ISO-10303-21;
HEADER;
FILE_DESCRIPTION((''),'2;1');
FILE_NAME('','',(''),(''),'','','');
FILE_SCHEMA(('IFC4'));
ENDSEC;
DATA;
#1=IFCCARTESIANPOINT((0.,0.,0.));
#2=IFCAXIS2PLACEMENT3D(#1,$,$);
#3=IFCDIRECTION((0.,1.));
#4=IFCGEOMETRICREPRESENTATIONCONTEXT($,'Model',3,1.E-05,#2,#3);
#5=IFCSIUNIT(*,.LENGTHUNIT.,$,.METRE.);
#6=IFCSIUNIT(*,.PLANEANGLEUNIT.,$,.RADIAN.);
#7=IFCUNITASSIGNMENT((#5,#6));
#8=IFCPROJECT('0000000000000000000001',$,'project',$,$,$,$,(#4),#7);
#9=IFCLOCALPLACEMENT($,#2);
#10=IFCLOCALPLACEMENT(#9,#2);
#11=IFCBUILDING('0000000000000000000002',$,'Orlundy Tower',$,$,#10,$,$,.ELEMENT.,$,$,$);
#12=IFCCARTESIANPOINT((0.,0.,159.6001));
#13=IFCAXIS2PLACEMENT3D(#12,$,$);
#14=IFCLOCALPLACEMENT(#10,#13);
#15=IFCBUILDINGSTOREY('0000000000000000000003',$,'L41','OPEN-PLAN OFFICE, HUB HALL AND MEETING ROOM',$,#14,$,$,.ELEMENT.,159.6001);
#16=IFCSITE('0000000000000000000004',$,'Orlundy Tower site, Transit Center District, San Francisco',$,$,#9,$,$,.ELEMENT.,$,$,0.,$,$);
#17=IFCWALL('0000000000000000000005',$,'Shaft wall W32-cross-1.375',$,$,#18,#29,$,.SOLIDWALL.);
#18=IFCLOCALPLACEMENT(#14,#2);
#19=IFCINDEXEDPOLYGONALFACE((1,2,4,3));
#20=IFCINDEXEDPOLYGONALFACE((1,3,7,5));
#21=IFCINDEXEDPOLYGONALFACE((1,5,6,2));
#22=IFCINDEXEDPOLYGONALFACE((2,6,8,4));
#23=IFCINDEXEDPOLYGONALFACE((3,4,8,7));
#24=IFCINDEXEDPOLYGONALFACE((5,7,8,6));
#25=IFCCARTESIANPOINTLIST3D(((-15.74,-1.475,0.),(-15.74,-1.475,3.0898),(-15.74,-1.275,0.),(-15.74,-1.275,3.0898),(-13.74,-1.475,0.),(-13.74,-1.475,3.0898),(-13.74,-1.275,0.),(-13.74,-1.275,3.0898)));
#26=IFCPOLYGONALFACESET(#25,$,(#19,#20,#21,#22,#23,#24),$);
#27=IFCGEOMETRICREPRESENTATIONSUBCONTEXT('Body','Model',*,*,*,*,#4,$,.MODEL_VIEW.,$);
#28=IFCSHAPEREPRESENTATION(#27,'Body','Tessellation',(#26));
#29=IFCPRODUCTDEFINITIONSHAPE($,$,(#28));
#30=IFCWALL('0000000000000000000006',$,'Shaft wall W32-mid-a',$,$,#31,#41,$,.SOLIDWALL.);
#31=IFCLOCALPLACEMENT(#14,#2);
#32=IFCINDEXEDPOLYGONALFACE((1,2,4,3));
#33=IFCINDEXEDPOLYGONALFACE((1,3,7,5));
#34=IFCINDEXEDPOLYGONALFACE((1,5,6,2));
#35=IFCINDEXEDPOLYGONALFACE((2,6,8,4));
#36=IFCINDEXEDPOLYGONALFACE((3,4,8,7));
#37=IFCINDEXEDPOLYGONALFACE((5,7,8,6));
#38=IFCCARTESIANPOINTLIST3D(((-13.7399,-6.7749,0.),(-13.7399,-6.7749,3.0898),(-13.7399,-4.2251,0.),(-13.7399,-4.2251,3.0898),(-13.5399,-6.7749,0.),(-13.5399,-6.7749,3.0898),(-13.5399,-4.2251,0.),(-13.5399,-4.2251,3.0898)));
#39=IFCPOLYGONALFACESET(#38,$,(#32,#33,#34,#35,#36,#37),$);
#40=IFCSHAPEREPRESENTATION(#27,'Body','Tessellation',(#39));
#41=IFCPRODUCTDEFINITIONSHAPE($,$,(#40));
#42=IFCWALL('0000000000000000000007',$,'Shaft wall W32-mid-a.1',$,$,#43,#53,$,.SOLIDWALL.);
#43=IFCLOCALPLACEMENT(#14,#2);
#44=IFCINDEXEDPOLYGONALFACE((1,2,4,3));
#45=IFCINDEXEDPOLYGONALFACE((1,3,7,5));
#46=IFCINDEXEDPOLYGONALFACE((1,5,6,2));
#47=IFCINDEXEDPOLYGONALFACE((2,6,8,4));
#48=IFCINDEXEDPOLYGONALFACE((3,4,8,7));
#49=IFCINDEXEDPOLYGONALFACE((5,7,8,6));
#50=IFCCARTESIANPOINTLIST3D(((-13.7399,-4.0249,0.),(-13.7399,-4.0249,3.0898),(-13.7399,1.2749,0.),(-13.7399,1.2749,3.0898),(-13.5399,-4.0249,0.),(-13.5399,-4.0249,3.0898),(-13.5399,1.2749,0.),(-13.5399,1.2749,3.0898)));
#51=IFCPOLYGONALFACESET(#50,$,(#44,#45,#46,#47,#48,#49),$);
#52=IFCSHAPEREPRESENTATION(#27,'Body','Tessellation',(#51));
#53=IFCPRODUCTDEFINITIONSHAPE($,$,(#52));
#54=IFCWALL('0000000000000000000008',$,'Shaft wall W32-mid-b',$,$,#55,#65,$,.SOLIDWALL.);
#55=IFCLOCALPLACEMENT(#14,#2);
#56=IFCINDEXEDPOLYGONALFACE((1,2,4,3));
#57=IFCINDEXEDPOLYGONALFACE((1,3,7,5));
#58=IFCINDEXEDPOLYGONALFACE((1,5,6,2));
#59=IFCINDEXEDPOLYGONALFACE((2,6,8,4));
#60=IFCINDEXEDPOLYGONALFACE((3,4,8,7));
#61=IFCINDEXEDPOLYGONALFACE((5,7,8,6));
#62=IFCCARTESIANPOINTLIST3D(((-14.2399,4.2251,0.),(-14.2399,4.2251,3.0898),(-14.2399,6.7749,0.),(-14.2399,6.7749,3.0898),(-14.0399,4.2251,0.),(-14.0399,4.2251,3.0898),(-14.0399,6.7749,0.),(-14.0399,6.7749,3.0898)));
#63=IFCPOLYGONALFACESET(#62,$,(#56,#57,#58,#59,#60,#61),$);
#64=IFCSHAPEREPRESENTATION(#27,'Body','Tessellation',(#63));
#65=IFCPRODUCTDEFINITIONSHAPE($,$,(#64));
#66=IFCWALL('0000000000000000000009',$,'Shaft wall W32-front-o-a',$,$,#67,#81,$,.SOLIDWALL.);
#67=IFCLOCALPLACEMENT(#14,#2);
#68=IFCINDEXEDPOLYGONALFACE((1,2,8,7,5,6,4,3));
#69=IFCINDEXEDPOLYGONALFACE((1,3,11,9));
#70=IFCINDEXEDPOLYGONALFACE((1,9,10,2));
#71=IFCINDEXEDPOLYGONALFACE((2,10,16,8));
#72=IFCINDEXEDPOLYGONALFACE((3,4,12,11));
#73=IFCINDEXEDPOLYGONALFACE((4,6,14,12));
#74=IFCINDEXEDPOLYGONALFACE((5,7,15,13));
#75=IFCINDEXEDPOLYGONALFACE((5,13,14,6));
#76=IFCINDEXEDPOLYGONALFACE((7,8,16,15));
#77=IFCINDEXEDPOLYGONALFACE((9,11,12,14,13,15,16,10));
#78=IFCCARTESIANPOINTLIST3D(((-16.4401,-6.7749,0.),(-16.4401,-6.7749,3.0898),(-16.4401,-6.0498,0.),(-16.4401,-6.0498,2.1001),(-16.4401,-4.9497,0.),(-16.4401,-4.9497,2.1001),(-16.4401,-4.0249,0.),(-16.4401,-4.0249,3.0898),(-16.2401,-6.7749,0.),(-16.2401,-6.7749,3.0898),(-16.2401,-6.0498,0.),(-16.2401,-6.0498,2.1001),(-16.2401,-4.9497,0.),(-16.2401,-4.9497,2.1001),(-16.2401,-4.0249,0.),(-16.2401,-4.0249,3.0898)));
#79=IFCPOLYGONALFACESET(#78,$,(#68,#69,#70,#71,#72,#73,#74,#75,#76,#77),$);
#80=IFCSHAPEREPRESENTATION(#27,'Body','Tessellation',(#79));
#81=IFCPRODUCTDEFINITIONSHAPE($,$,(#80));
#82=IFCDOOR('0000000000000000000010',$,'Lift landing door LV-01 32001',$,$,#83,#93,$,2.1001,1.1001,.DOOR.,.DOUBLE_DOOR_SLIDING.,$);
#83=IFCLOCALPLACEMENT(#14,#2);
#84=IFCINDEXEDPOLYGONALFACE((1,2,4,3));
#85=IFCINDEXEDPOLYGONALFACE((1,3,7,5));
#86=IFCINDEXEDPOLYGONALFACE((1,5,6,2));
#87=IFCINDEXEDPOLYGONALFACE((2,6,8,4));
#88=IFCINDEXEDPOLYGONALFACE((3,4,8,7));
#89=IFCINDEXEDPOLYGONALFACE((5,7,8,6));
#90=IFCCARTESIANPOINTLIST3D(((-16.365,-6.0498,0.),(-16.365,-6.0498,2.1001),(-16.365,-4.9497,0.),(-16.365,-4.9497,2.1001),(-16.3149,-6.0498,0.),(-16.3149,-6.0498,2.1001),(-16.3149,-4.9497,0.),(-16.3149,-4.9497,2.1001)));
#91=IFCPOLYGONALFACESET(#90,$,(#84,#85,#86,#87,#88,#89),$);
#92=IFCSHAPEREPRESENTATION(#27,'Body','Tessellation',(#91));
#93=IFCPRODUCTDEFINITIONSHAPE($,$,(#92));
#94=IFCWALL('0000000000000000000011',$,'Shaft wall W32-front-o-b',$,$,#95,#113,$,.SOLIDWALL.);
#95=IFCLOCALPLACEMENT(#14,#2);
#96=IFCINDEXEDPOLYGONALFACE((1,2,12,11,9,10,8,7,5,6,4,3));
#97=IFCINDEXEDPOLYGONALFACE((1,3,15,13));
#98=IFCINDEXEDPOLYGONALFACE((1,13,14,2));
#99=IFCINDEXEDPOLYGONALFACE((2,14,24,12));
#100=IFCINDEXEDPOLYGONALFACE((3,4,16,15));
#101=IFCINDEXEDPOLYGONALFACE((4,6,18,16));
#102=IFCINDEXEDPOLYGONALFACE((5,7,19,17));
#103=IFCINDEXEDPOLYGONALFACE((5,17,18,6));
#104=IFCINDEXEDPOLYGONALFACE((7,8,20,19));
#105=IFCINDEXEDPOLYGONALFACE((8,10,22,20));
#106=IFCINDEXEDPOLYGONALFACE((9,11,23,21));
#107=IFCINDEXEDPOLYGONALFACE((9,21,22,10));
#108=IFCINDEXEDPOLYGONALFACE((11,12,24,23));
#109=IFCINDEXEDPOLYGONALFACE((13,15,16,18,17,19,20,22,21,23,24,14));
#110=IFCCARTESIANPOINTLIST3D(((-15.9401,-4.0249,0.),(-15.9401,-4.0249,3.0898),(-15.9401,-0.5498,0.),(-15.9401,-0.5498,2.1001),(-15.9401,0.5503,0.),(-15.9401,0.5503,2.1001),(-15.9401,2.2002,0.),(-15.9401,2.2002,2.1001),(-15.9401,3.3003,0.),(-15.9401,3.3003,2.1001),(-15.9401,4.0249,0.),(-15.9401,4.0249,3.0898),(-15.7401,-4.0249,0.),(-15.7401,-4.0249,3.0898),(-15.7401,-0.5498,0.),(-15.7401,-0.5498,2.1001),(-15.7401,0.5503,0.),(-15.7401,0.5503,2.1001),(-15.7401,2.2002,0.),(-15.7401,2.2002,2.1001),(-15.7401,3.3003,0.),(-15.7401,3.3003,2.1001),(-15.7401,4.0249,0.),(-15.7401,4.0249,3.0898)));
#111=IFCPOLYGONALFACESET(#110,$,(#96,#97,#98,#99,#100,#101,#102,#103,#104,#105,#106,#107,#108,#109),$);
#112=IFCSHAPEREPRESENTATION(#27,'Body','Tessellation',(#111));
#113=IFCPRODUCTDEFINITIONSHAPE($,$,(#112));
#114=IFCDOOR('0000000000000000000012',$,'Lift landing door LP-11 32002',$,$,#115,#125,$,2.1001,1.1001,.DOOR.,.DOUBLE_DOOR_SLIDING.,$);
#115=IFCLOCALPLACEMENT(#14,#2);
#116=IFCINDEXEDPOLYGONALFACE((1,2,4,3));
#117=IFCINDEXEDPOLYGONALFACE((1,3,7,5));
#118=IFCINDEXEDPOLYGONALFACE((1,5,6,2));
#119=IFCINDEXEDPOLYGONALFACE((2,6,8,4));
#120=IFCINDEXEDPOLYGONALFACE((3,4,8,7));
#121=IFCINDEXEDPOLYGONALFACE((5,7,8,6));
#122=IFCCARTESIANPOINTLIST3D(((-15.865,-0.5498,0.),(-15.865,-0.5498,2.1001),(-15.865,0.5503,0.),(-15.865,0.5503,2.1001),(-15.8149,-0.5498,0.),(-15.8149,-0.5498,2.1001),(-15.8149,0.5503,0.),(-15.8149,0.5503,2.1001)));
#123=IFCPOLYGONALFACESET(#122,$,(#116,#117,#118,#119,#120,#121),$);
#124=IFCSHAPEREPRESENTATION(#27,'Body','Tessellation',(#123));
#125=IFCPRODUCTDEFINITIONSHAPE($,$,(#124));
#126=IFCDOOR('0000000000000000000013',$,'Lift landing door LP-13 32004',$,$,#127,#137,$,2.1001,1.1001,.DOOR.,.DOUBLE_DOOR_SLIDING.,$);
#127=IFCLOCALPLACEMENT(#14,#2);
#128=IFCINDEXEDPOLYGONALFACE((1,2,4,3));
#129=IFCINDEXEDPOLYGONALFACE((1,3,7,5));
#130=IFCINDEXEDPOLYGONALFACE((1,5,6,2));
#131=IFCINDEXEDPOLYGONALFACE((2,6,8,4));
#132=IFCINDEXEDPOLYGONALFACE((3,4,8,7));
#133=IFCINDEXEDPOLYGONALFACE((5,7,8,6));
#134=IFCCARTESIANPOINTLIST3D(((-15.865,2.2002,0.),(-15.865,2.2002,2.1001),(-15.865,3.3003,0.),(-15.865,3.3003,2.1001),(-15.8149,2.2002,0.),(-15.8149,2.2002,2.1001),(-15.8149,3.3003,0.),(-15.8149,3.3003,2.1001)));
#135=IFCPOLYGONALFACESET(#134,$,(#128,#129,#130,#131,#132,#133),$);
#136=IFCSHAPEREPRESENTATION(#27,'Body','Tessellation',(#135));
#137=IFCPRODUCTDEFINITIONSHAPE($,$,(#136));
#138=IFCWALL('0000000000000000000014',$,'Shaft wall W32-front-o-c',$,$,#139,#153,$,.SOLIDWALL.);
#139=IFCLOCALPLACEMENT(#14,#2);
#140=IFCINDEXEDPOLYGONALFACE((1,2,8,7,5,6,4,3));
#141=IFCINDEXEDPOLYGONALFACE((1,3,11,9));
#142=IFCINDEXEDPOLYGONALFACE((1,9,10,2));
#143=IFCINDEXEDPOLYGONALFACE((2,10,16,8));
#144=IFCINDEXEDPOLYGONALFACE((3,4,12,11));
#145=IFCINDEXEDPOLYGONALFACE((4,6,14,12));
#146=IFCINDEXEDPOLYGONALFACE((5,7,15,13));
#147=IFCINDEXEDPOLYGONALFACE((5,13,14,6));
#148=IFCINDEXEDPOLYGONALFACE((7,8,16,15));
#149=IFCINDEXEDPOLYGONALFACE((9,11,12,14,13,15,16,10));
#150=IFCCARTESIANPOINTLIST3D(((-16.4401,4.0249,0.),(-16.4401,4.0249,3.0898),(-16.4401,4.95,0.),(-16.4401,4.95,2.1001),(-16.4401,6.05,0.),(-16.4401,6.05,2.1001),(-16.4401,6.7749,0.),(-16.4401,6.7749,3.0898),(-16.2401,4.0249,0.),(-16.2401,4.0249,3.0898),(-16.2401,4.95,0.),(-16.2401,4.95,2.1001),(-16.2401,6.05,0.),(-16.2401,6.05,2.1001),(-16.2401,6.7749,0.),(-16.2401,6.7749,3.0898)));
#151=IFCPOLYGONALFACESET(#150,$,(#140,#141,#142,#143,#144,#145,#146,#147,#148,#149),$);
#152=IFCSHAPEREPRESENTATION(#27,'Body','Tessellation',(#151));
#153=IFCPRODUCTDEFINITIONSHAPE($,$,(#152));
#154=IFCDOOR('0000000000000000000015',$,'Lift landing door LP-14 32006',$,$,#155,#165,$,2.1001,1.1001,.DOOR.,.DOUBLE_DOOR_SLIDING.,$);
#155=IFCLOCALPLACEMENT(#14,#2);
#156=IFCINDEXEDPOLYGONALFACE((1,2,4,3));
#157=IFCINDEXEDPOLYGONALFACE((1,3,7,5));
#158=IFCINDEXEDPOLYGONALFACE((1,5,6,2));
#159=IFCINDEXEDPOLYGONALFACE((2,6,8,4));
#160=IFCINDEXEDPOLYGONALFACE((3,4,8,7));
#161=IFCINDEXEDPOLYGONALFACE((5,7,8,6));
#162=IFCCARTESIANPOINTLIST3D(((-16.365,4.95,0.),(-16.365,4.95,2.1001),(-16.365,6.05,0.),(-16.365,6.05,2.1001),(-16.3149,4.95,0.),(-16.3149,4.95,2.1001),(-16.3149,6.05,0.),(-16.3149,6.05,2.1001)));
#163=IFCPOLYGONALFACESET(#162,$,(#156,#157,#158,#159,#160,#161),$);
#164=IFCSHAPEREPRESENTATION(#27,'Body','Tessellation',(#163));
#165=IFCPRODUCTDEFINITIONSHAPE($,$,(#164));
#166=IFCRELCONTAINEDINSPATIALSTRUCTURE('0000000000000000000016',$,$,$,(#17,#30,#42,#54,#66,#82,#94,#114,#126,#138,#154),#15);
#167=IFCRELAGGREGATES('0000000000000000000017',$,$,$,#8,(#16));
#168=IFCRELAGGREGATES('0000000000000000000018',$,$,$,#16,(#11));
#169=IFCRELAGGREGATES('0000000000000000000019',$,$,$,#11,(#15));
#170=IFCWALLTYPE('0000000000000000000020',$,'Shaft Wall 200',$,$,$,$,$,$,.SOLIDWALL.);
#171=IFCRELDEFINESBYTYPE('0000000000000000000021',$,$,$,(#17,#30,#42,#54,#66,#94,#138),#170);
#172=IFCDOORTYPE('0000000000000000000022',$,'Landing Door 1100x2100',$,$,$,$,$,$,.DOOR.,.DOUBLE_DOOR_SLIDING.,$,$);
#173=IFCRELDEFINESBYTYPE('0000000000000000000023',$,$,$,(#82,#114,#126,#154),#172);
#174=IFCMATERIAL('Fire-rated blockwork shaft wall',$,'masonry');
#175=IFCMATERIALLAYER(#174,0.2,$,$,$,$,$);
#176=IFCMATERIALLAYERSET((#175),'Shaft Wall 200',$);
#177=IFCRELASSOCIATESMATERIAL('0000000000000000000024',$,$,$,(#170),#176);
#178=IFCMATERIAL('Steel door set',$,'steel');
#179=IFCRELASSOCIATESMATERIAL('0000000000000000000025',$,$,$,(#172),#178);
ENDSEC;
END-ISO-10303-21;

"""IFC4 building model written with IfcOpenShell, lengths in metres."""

from ifc_helpers import new_model, si_unit, direction, frame, frame_2d, origin, place, context, subcontext, project, spatial, rectangle, extrude, material, layer, layer_set, type_object, element, fill, save


model = new_model("IFC4")

# Units and contexts
model_context = context("Model", 3, precision=1e-05, world=origin(), true_north=direction((0.0, 1.0)))
body_context = subcontext(model_context, "Body", "Model", "MODEL_VIEW")
ifc_project = project(units=[si_unit("LENGTHUNIT", "METRE"), si_unit("PLANEANGLEUNIT", "RADIAN")], contexts=[model_context])

# Site, building, storey
site_placement = place(None, origin())
site = spatial("IfcSite", under=ifc_project, at=site_placement, Name="Orlundy Tower site, Transit Center District, San Francisco", CompositionType="ELEMENT", RefElevation=0.0)
building_placement = place(site_placement, origin())
building = spatial("IfcBuilding", under=site, at=building_placement, Name="Orlundy Tower", CompositionType="ELEMENT")
storey_placement = place(building_placement, frame((0.0, 0.0, 159.6001)))
storey = spatial("IfcBuildingStorey", under=building, at=storey_placement, Name="L41", Description="OPEN-PLAN OFFICE, HUB HALL AND MEETING ROOM", CompositionType="ELEMENT", Elevation=159.6001)

# Walls
ifc_material_1 = material(Name="Fire-rated blockwork shaft wall", Category="masonry")
ifc_layer_1 = layer(ifc_material_1, 0.2)
ifc_layer_set_1 = layer_set([ifc_layer_1], Name="Shaft Wall 200")
wall_type_1 = type_object("IfcWallType", Name="Shaft Wall 200", PredefinedType="SOLIDWALL", material=ifc_layer_set_1)
wall_1_placement = place(storey_placement, frame((-13.74, -1.375, 0.0), z_axis=(0.0, 0.0, 1.0), x_axis=(-1.0, 0.0, 0.0)))
element("IfcWall", 1, at=wall_1_placement, inside=storey, type_object=wall_type_1, Name="Shaft wall W32-cross-1.375", PredefinedType="SOLIDWALL", context=body_context, shape_type="SweptSolid", body=[
    extrude(rectangle(XDim=2.0, YDim=0.2, at=frame_2d((1.0, 0.0))), origin(), (0.0, 0.0, 1.0), 3.0898),
])
wall_2_placement = place(storey_placement, frame((-13.6399, -6.7749, 0.0), z_axis=(0.0, 0.0, 1.0), x_axis=(0.0, 1.0, 0.0)))
element("IfcWall", 2, at=wall_2_placement, inside=storey, type_object=wall_type_1, Name="Shaft wall W32-mid-a", PredefinedType="SOLIDWALL", context=body_context, shape_type="SweptSolid", body=[
    extrude(rectangle(XDim=2.5498, YDim=0.2, at=frame_2d((1.2749, 0.0))), origin(), (0.0, 0.0, 1.0), 3.0898),
])
wall_3_placement = place(storey_placement, frame((-13.6399, -4.0249, 0.0), z_axis=(0.0, 0.0, 1.0), x_axis=(0.0, 1.0, 0.0)))
element("IfcWall", 3, at=wall_3_placement, inside=storey, type_object=wall_type_1, Name="Shaft wall W32-mid-a.1", PredefinedType="SOLIDWALL", context=body_context, shape_type="SweptSolid", body=[
    extrude(rectangle(XDim=5.2998, YDim=0.2, at=frame_2d((2.6499, 0.0))), origin(), (0.0, 0.0, 1.0), 3.0898),
])
wall_4_placement = place(storey_placement, frame((-14.1399, 4.2251, 0.0), z_axis=(0.0, 0.0, 1.0), x_axis=(0.0, 1.0, 0.0)))
element("IfcWall", 4, at=wall_4_placement, inside=storey, type_object=wall_type_1, Name="Shaft wall W32-mid-b", PredefinedType="SOLIDWALL", context=body_context, shape_type="SweptSolid", body=[
    extrude(rectangle(XDim=2.5498, YDim=0.2, at=frame_2d((1.2749, 0.0))), origin(), (0.0, 0.0, 1.0), 3.0898),
])

# Wall, opening, door
wall_5_placement = place(storey_placement, frame((-16.3401, -6.7749, 0.0), z_axis=(0.0, 0.0, 1.0), x_axis=(0.0, 1.0, 0.0)))
wall_5 = element("IfcWall", 5, at=wall_5_placement, inside=storey, type_object=wall_type_1, Name="Shaft wall W32-front-o-a", PredefinedType="SOLIDWALL", context=body_context, shape_type="SweptSolid", body=[
    extrude(rectangle(XDim=2.75, YDim=0.2, at=frame_2d((1.375, 0.0))), origin(), (0.0, 0.0, 1.0), 3.0898),
])
opening_1_placement = place(wall_5_placement, frame((0.7251, 0.0, 0.0)))
opening_1 = element("IfcOpeningElement", 6, at=opening_1_placement, cuts=wall_5, PredefinedType="OPENING", context=body_context, shape_type="SweptSolid", body=[
    extrude(rectangle(XDim=1.1001, YDim=2.1001, at=frame_2d((0.55, 1.05))), frame((0.0, 0.1101, 0.0), z_axis=(0.0, -1.0, 0.0), x_axis=(1.0, 0.0, 0.0)), (0.0, 0.0, 1.0), 0.2202),
])
ifc_material_2 = material(Name="Steel door set", Category="steel")
door_type = type_object("IfcDoorType", Name="Landing Door 1100x2100", OperationType="DOUBLE_DOOR_SLIDING", PredefinedType="DOOR", material=ifc_material_2)
door_1_placement = place(opening_1_placement, origin())
door_1 = element("IfcDoor", 7, at=door_1_placement, inside=storey, type_object=door_type, Name="Lift landing door LV-01 32001", OperationType="DOUBLE_DOOR_SLIDING", OverallHeight=2.1001, OverallWidth=1.1001, PredefinedType="DOOR", context=body_context, shape_type="SweptSolid", body=[
    extrude(rectangle(XDim=1.1001, YDim=2.1001, at=frame_2d((0.55, 1.05))), frame((0.0, 0.0249, 0.0), z_axis=(0.0, -1.0, 0.0), x_axis=(1.0, 0.0, 0.0)), (0.0, 0.0, 1.0), 0.05),
])
fill(opening_1, door_1)

# Wall, openings, doors
wall_6_placement = place(storey_placement, frame((-15.8401, -4.0249, 0.0), z_axis=(0.0, 0.0, 1.0), x_axis=(0.0, 1.0, 0.0)))
wall_6 = element("IfcWall", 8, at=wall_6_placement, inside=storey, type_object=wall_type_1, Name="Shaft wall W32-front-o-b", PredefinedType="SOLIDWALL", context=body_context, shape_type="SweptSolid", body=[
    extrude(rectangle(XDim=8.0498, YDim=0.2, at=frame_2d((4.0249, 0.0))), origin(), (0.0, 0.0, 1.0), 3.0898),
])
opening_2_placement = place(wall_6_placement, frame((3.4751, 0.0, 0.0)))
opening_2 = element("IfcOpeningElement", 9, at=opening_2_placement, cuts=wall_6, PredefinedType="OPENING", context=body_context, shape_type="SweptSolid", body=[
    extrude(rectangle(XDim=1.1001, YDim=2.1001, at=frame_2d((0.55, 1.05))), frame((0.0, 0.1101, 0.0), z_axis=(0.0, -1.0, 0.0), x_axis=(1.0, 0.0, 0.0)), (0.0, 0.0, 1.0), 0.2202),
])
opening_3_placement = place(wall_6_placement, frame((6.2251, 0.0, 0.0)))
opening_3 = element("IfcOpeningElement", 10, at=opening_3_placement, cuts=wall_6, PredefinedType="OPENING", context=body_context, shape_type="SweptSolid", body=[
    extrude(rectangle(XDim=1.1001, YDim=2.1001, at=frame_2d((0.55, 1.05))), frame((0.0, 0.1101, 0.0), z_axis=(0.0, -1.0, 0.0), x_axis=(1.0, 0.0, 0.0)), (0.0, 0.0, 1.0), 0.2202),
])
door_2_placement = place(opening_2_placement, origin())
door_2 = element("IfcDoor", 11, at=door_2_placement, inside=storey, type_object=door_type, Name="Lift landing door LP-11 32002", OperationType="DOUBLE_DOOR_SLIDING", OverallHeight=2.1001, OverallWidth=1.1001, PredefinedType="DOOR", context=body_context, shape_type="SweptSolid", body=[
    extrude(rectangle(XDim=1.1001, YDim=2.1001, at=frame_2d((0.55, 1.05))), frame((0.0, 0.0249, 0.0), z_axis=(0.0, -1.0, 0.0), x_axis=(1.0, 0.0, 0.0)), (0.0, 0.0, 1.0), 0.05),
])
fill(opening_2, door_2)
door_3_placement = place(opening_3_placement, origin())
door_3 = element("IfcDoor", 12, at=door_3_placement, inside=storey, type_object=door_type, Name="Lift landing door LP-13 32004", OperationType="DOUBLE_DOOR_SLIDING", OverallHeight=2.1001, OverallWidth=1.1001, PredefinedType="DOOR", context=body_context, shape_type="SweptSolid", body=[
    extrude(rectangle(XDim=1.1001, YDim=2.1001, at=frame_2d((0.55, 1.05))), frame((0.0, 0.0249, 0.0), z_axis=(0.0, -1.0, 0.0), x_axis=(1.0, 0.0, 0.0)), (0.0, 0.0, 1.0), 0.05),
])
fill(opening_3, door_3)

# Wall, opening, door
wall_7_placement = place(storey_placement, frame((-16.3401, 4.0249, 0.0), z_axis=(0.0, 0.0, 1.0), x_axis=(0.0, 1.0, 0.0)))
wall_7 = element("IfcWall", 13, at=wall_7_placement, inside=storey, type_object=wall_type_1, Name="Shaft wall W32-front-o-c", PredefinedType="SOLIDWALL", context=body_context, shape_type="SweptSolid", body=[
    extrude(rectangle(XDim=2.75, YDim=0.2, at=frame_2d((1.375, 0.0))), origin(), (0.0, 0.0, 1.0), 3.0898),
])
opening_4_placement = place(wall_7_placement, frame((0.925, 0.0, 0.0)))
opening_4 = element("IfcOpeningElement", 14, at=opening_4_placement, cuts=wall_7, PredefinedType="OPENING", context=body_context, shape_type="SweptSolid", body=[
    extrude(rectangle(XDim=1.1001, YDim=2.1001, at=frame_2d((0.55, 1.05))), frame((0.0, 0.1101, 0.0), z_axis=(0.0, -1.0, 0.0), x_axis=(1.0, 0.0, 0.0)), (0.0, 0.0, 1.0), 0.2202),
])
door_4_placement = place(opening_4_placement, origin())
door_4 = element("IfcDoor", 15, at=door_4_placement, inside=storey, type_object=door_type, Name="Lift landing door LP-14 32006", OperationType="DOUBLE_DOOR_SLIDING", OverallHeight=2.1001, OverallWidth=1.1001, PredefinedType="DOOR", context=body_context, shape_type="SweptSolid", body=[
    extrude(rectangle(XDim=1.1001, YDim=2.1001, at=frame_2d((0.55, 1.05))), frame((0.0, 0.0249, 0.0), z_axis=(0.0, -1.0, 0.0), x_axis=(1.0, 0.0, 0.0)), (0.0, 0.0, 1.0), 0.05),
])
fill(opening_4, door_4)

save(model, "model.ifc")
